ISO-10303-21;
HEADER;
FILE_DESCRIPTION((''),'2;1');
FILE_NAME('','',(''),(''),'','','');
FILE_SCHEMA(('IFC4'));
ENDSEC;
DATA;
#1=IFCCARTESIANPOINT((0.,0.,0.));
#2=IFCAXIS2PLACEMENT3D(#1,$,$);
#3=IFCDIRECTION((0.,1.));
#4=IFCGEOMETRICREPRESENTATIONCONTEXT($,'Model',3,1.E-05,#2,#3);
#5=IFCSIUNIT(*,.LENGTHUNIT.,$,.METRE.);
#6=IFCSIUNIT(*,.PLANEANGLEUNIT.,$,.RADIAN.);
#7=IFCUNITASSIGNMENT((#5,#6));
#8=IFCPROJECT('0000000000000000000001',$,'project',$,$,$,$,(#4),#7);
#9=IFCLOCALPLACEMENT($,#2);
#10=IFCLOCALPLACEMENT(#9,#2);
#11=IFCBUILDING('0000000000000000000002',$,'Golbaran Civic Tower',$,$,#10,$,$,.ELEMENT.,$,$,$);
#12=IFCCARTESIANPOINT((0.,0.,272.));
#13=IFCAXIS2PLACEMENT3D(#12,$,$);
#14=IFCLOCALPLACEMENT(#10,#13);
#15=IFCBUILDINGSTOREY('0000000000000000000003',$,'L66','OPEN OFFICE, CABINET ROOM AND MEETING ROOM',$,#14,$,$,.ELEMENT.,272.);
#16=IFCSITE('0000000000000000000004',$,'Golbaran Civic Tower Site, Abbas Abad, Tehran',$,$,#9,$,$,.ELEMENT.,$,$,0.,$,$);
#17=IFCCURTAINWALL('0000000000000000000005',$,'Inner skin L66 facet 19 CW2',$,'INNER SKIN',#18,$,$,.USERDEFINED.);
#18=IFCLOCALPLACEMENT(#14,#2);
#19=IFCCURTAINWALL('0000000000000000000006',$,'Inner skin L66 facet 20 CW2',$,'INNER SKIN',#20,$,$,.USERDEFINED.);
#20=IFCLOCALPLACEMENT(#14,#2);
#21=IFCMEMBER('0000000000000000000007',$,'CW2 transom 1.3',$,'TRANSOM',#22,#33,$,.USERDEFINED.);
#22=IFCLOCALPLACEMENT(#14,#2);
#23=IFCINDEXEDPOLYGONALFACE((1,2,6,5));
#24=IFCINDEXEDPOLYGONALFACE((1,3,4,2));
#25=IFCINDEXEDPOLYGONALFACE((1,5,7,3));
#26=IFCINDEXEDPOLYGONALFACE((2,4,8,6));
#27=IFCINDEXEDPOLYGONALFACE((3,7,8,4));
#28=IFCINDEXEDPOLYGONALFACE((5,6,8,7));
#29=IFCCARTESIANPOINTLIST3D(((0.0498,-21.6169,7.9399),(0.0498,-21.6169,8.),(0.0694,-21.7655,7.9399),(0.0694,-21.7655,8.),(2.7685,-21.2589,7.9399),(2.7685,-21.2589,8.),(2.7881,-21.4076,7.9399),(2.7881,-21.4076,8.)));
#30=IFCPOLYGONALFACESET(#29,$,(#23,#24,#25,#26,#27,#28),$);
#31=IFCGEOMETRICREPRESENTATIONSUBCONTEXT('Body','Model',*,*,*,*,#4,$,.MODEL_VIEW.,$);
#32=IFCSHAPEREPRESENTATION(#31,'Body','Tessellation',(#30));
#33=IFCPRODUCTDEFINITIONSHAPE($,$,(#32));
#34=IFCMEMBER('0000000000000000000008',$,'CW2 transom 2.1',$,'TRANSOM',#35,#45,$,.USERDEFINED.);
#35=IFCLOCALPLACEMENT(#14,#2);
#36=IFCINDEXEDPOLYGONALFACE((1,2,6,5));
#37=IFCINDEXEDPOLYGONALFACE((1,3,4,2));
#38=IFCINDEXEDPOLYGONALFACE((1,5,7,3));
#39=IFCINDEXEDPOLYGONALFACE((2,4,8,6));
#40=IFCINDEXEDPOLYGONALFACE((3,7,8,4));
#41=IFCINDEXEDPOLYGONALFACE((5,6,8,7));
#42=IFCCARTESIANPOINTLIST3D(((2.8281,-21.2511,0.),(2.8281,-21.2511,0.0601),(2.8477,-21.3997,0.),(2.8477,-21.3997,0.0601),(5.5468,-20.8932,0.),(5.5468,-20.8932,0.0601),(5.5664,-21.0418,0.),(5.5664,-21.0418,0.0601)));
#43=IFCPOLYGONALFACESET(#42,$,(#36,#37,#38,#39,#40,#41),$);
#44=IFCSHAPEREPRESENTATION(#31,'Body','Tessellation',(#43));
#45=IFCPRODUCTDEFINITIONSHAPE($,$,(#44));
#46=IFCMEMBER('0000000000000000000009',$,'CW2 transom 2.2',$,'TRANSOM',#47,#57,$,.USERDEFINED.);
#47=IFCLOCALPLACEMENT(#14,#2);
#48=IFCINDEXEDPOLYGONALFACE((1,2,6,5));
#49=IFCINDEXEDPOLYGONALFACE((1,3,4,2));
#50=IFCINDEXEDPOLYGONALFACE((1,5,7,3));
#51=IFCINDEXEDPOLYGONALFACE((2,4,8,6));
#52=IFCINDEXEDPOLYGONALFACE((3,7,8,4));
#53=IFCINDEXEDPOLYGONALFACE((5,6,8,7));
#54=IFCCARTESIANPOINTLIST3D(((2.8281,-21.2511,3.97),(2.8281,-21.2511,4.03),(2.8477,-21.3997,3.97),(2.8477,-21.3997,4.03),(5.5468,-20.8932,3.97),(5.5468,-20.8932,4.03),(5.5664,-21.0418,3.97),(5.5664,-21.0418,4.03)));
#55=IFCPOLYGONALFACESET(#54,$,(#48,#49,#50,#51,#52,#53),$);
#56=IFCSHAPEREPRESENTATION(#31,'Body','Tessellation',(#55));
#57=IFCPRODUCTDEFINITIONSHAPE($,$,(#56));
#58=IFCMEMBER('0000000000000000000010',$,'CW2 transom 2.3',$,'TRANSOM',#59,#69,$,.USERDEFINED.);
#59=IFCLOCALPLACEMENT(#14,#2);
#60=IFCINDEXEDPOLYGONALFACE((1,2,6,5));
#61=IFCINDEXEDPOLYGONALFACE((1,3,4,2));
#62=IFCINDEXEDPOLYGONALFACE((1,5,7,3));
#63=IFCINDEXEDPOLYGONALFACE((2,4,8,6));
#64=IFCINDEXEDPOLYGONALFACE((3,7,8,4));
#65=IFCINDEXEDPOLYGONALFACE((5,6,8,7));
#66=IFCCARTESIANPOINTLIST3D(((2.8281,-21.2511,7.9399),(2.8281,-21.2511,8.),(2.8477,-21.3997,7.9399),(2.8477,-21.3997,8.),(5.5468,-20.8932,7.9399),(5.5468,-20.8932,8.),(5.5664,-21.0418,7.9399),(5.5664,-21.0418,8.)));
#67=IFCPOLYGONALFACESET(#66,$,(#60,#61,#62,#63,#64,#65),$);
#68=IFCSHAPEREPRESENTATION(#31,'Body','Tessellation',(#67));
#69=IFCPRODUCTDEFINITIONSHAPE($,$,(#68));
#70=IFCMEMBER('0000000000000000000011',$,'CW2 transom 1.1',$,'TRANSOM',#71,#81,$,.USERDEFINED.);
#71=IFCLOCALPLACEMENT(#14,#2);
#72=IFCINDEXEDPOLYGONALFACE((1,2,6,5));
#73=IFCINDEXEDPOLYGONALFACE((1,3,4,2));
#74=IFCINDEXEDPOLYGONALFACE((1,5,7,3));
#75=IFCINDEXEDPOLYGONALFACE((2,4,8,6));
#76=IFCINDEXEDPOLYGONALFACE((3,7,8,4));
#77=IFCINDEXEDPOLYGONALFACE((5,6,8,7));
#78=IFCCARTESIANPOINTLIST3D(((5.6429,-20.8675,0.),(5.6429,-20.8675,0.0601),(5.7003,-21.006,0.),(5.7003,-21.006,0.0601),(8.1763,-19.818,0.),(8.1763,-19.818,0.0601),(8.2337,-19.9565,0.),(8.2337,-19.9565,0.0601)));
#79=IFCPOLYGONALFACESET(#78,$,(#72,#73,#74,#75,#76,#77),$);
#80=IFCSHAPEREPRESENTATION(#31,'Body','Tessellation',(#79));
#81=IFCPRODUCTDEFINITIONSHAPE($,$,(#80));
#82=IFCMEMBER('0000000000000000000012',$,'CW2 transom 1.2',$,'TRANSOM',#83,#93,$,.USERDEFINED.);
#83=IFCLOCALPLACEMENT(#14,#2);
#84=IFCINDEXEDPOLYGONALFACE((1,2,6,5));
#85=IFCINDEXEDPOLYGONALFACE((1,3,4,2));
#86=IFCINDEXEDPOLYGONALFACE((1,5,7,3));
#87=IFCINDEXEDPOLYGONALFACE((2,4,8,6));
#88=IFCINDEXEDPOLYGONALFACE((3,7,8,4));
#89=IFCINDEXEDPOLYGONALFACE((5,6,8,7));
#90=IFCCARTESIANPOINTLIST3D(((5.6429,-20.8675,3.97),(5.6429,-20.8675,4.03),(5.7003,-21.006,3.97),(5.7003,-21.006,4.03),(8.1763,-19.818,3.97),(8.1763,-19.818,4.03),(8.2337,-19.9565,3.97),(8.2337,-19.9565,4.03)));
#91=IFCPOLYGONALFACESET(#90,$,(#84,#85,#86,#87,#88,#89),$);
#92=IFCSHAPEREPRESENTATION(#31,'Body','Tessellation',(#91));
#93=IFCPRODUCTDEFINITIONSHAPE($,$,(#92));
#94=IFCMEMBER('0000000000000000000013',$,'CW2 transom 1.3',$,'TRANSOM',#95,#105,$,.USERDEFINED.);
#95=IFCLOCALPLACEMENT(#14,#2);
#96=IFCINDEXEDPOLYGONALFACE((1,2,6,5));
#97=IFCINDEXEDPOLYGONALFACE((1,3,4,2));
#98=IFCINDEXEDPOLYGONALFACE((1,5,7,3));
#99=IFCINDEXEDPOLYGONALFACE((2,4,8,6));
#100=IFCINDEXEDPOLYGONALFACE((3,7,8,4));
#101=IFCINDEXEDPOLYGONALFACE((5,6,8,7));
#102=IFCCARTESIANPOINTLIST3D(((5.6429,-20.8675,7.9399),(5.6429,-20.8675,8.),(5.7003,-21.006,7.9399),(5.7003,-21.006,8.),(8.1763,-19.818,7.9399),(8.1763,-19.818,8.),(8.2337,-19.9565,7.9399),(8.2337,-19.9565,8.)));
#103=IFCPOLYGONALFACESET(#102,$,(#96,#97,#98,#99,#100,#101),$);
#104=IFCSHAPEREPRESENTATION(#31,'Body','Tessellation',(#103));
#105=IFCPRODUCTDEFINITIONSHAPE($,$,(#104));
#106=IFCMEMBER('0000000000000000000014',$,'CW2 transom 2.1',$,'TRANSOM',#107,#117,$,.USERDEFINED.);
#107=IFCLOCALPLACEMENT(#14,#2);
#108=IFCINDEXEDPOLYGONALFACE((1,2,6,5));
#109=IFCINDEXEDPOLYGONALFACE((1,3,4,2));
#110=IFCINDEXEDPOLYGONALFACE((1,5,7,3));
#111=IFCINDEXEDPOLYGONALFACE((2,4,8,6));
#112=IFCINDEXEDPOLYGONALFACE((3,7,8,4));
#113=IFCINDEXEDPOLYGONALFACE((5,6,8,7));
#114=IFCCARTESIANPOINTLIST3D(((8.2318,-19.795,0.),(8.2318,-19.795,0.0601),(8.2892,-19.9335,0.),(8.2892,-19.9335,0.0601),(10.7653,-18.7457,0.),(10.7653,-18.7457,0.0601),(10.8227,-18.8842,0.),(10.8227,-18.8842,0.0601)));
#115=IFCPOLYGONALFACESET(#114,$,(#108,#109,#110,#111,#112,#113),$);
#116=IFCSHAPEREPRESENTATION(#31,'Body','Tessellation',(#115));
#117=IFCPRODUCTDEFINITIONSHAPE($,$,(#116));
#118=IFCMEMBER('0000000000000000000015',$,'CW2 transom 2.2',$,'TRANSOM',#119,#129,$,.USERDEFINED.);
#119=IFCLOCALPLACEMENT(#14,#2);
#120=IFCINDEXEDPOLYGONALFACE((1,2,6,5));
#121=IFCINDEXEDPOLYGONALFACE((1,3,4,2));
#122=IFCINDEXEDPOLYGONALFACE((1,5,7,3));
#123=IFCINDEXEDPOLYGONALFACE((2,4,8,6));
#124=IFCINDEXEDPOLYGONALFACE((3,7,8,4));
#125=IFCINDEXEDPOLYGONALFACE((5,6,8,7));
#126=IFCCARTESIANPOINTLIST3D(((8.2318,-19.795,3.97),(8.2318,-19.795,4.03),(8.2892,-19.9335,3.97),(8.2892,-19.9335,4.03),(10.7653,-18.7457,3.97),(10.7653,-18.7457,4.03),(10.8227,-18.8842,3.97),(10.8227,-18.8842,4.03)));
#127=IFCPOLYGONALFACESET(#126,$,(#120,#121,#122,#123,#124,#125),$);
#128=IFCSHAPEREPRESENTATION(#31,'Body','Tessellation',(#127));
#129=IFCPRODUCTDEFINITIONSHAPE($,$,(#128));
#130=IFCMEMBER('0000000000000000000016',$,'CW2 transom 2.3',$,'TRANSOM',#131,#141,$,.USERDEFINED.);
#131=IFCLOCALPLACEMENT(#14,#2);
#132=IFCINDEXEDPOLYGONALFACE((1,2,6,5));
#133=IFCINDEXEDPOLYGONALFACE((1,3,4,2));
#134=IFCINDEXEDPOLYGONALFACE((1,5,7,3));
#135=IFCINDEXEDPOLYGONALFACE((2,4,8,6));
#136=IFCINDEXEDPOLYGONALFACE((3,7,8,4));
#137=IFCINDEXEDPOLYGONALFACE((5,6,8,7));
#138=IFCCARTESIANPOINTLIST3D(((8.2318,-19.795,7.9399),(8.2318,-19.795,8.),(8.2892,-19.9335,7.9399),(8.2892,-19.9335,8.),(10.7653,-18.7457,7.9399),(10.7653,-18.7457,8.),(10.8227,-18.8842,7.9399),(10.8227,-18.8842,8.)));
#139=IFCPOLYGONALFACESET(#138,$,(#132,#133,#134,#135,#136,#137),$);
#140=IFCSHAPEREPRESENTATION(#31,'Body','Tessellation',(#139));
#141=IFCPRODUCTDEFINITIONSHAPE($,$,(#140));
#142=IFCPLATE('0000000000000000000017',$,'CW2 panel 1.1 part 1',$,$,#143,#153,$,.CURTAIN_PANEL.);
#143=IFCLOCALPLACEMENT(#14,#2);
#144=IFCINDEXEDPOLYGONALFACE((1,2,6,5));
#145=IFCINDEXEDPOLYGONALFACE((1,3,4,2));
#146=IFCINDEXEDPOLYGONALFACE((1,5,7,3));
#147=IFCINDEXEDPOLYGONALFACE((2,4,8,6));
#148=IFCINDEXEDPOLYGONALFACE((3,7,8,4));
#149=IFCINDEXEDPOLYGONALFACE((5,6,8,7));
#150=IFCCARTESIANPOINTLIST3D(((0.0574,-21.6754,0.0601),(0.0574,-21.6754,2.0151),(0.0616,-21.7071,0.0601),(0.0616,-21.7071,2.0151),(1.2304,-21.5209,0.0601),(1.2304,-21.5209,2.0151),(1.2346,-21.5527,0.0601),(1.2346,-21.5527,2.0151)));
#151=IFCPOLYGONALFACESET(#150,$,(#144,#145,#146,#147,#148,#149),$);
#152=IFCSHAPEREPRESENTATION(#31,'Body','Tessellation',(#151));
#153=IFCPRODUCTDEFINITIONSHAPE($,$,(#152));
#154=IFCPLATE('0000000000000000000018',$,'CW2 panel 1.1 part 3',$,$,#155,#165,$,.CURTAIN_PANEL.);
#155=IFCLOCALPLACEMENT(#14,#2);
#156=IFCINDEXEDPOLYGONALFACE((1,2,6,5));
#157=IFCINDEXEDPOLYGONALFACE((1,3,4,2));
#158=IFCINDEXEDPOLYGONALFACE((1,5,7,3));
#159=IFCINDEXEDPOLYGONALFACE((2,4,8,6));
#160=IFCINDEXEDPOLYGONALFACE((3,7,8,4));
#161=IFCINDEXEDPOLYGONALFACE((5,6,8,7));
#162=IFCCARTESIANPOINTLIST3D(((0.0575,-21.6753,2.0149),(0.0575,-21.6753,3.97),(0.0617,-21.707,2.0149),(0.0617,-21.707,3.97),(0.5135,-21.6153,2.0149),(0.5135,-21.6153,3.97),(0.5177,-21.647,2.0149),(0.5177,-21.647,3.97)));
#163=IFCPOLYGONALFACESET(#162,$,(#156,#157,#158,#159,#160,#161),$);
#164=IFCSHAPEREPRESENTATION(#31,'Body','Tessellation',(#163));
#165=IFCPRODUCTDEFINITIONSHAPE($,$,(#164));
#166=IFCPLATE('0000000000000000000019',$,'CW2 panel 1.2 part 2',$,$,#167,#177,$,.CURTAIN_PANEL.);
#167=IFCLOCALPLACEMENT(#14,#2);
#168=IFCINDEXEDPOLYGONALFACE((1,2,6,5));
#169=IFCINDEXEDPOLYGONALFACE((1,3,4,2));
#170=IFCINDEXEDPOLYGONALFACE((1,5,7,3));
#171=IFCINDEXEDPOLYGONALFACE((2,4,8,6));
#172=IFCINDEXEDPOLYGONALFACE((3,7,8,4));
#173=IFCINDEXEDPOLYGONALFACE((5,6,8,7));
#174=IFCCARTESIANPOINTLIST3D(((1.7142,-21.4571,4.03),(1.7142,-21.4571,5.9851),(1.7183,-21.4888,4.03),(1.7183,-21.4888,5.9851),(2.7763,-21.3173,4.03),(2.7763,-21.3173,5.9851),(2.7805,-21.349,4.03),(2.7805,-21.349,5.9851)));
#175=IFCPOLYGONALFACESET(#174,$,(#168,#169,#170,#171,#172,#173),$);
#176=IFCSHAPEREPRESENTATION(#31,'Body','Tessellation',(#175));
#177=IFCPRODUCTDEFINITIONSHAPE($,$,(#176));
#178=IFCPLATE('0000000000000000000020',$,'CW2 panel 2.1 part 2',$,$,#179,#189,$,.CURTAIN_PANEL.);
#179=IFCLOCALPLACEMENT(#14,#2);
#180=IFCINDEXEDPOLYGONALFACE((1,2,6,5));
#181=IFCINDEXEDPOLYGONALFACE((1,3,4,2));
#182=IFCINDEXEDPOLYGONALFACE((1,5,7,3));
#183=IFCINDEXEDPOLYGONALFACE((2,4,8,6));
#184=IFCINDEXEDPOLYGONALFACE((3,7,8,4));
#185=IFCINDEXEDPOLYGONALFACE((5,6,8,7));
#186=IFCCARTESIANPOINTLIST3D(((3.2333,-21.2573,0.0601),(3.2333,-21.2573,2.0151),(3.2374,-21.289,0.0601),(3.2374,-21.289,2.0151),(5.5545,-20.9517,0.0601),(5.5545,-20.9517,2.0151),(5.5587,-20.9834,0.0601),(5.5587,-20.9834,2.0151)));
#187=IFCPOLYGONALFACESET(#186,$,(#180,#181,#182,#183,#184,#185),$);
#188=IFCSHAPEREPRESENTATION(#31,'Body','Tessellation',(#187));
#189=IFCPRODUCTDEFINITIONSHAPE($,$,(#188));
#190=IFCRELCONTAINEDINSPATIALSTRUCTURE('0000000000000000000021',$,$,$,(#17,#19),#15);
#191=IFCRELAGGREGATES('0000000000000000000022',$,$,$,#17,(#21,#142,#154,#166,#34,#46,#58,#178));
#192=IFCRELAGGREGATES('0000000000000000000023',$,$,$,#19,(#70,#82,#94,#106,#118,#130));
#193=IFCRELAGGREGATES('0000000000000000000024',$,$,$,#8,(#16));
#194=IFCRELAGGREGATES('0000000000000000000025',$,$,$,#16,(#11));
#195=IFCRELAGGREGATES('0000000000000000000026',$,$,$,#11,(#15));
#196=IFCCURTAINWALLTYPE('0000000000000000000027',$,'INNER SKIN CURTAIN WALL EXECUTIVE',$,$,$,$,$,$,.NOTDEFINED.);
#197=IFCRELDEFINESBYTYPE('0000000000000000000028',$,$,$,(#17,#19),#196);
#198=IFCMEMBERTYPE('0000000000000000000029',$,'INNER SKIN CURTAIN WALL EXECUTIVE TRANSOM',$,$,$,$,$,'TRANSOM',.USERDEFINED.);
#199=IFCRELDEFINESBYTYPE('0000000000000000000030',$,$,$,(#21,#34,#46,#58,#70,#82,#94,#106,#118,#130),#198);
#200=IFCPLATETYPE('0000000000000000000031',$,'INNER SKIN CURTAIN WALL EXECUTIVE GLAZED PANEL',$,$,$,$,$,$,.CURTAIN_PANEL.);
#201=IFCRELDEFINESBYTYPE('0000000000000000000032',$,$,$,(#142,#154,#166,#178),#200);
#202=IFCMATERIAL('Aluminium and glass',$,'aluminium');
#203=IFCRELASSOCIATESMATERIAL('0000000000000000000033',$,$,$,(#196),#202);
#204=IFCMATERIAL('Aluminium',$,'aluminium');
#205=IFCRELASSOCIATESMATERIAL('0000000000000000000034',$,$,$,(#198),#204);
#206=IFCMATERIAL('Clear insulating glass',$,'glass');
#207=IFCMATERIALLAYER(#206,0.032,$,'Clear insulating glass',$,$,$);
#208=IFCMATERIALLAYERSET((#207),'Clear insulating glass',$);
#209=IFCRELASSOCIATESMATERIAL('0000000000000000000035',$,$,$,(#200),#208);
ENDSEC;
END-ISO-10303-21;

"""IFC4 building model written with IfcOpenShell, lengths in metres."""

from ifc_helpers import new_model, si_unit, direction, frame, origin, origin_2d, place, context, subcontext, project, spatial, rectangle, extrude, material, layer, layer_set, material_profile, profile_set, type_object, element, aggregate, save


model = new_model("IFC4")

# Units and contexts
model_context = context("Model", 3, precision=1e-05, world=origin(), true_north=direction((0.0, 1.0)))
body_context = subcontext(model_context, "Body", "Model", "MODEL_VIEW")
ifc_project = project(units=[si_unit("LENGTHUNIT", "METRE"), si_unit("PLANEANGLEUNIT", "RADIAN")], contexts=[model_context])

# Site, building, storey
site_placement = place(None, origin())
site = spatial("IfcSite", under=ifc_project, at=site_placement, Name="Golbaran Civic Tower Site, Abbas Abad, Tehran", CompositionType="ELEMENT", RefElevation=0.0)
building_placement = place(site_placement, origin())
building = spatial("IfcBuilding", under=site, at=building_placement, Name="Golbaran Civic Tower", CompositionType="ELEMENT")
storey_placement = place(building_placement, frame((0.0, 0.0, 272.0)))
storey = spatial("IfcBuildingStorey", under=building, at=storey_placement, Name="L66", Description="OPEN OFFICE, CABINET ROOM AND MEETING ROOM", CompositionType="ELEMENT", Elevation=272.0)

# Curtain walls
ifc_material_1 = material(Name="Aluminium and glass", Category="aluminium")
curtain_wall_type = type_object("IfcCurtainWallType", Name="INNER SKIN CURTAIN WALL EXECUTIVE", PredefinedType="NOTDEFINED", material=ifc_material_1)
curtain_wall_1_placement = place(storey_placement, origin())
curtain_wall_1 = element("IfcCurtainWall", 1, at=curtain_wall_1_placement, inside=storey, type_object=curtain_wall_type, Name="Inner skin L66 facet 19 CW2", ObjectType="INNER SKIN", PredefinedType="USERDEFINED")
ifc_material_2 = material(Name="Aluminium", Category="aluminium")
curtain_wall_2_placement = place(storey_placement, origin())
curtain_wall_2 = element("IfcCurtainWall", 2, at=curtain_wall_2_placement, inside=storey, type_object=curtain_wall_type, Name="Inner skin L66 facet 20 CW2", ObjectType="INNER SKIN", PredefinedType="USERDEFINED")

# Members
ifc_material_profile_1 = material_profile(ifc_material_2, rectangle(XDim=0.1499, YDim=0.0601, at=origin_2d()), Name="INNER SKIN CURTAIN WALL EXECUTIVE TRANSOM")
ifc_profile_set_1 = profile_set([ifc_material_profile_1], Name="Aluminium")
member_type_1 = type_object("IfcMemberType", Name="INNER SKIN CURTAIN WALL EXECUTIVE TRANSOM", ElementType="TRANSOM", PredefinedType="USERDEFINED", material=ifc_profile_set_1)
member_1_placement = place(storey_placement, frame((0.0596, -21.6912, 7.97), z_axis=(0.991446, 0.130519, 0.0), x_axis=(-0.130519, 0.991446, 0.0)))
member_1 = element("IfcMember", 3, at=member_1_placement, type_object=member_type_1, Name="CW2 transom 1.3", ObjectType="TRANSOM", PredefinedType="USERDEFINED", context=body_context, shape_type="SweptSolid", body=[
    extrude(rectangle(XDim=0.1499, YDim=0.0601, at=origin_2d()), origin(), (0.0, 0.0, 1.0), 2.7422),
])
member_2_placement = place(storey_placement, frame((2.8379, -21.3254, 0.03), z_axis=(0.991446, 0.130519, 0.0), x_axis=(-0.130519, 0.991446, 0.0)))
member_2 = element("IfcMember", 4, at=member_2_placement, type_object=member_type_1, Name="CW2 transom 2.1", ObjectType="TRANSOM", PredefinedType="USERDEFINED", context=body_context, shape_type="SweptSolid", body=[
    extrude(rectangle(XDim=0.1499, YDim=0.0601, at=origin_2d()), origin(), (0.0, 0.0, 1.0), 2.7422),
])
member_3_placement = place(storey_placement, frame((2.8379, -21.3254, 4.0), z_axis=(0.991446, 0.130519, 0.0), x_axis=(-0.130519, 0.991446, 0.0)))
member_3 = element("IfcMember", 5, at=member_3_placement, type_object=member_type_1, Name="CW2 transom 2.2", ObjectType="TRANSOM", PredefinedType="USERDEFINED", context=body_context, shape_type="SweptSolid", body=[
    extrude(rectangle(XDim=0.1499, YDim=0.0601, at=origin_2d()), origin(), (0.0, 0.0, 1.0), 2.7422),
])
member_4_placement = place(storey_placement, frame((2.8379, -21.3254, 7.97), z_axis=(0.991446, 0.130519, 0.0), x_axis=(-0.130519, 0.991446, 0.0)))
member_4 = element("IfcMember", 6, at=member_4_placement, type_object=member_type_1, Name="CW2 transom 2.3", ObjectType="TRANSOM", PredefinedType="USERDEFINED", context=body_context, shape_type="SweptSolid", body=[
    extrude(rectangle(XDim=0.1499, YDim=0.0601, at=origin_2d()), origin(), (0.0, 0.0, 1.0), 2.7422),
])
member_5_placement = place(storey_placement, frame((5.6716, -20.9368, 0.03), z_axis=(0.923857, 0.382737, 0.0), x_axis=(-0.382737, 0.923857, 0.0)))
member_5 = element("IfcMember", 7, at=member_5_placement, type_object=member_type_1, Name="CW2 transom 1.1", ObjectType="TRANSOM", PredefinedType="USERDEFINED", context=body_context, shape_type="SweptSolid", body=[
    extrude(rectangle(XDim=0.1499, YDim=0.0601, at=origin_2d()), origin(), (0.0, 0.0, 1.0), 2.7422),
])
member_6_placement = place(storey_placement, frame((5.6716, -20.9368, 4.0), z_axis=(0.923857, 0.382737, 0.0), x_axis=(-0.382737, 0.923857, 0.0)))
member_6 = element("IfcMember", 8, at=member_6_placement, type_object=member_type_1, Name="CW2 transom 1.2", ObjectType="TRANSOM", PredefinedType="USERDEFINED", context=body_context, shape_type="SweptSolid", body=[
    extrude(rectangle(XDim=0.1499, YDim=0.0601, at=origin_2d()), origin(), (0.0, 0.0, 1.0), 2.7422),
])
member_7_placement = place(storey_placement, frame((5.6716, -20.9368, 7.97), z_axis=(0.923857, 0.382737, 0.0), x_axis=(-0.382737, 0.923857, 0.0)))
member_7 = element("IfcMember", 9, at=member_7_placement, type_object=member_type_1, Name="CW2 transom 1.3", ObjectType="TRANSOM", PredefinedType="USERDEFINED", context=body_context, shape_type="SweptSolid", body=[
    extrude(rectangle(XDim=0.1499, YDim=0.0601, at=origin_2d()), origin(), (0.0, 0.0, 1.0), 2.7422),
])
member_8_placement = place(storey_placement, frame((8.2605, -19.8643, 0.03), z_axis=(0.923889, 0.382661, 0.0), x_axis=(-0.382661, 0.923889, 0.0)))
member_8 = element("IfcMember", 10, at=member_8_placement, type_object=member_type_1, Name="CW2 transom 2.1", ObjectType="TRANSOM", PredefinedType="USERDEFINED", context=body_context, shape_type="SweptSolid", body=[
    extrude(rectangle(XDim=0.1499, YDim=0.0601, at=origin_2d()), origin(), (0.0, 0.0, 1.0), 2.7422),
])
member_9_placement = place(storey_placement, frame((8.2605, -19.8643, 4.0), z_axis=(0.923889, 0.382661, 0.0), x_axis=(-0.382661, 0.923889, 0.0)))
member_9 = element("IfcMember", 11, at=member_9_placement, type_object=member_type_1, Name="CW2 transom 2.2", ObjectType="TRANSOM", PredefinedType="USERDEFINED", context=body_context, shape_type="SweptSolid", body=[
    extrude(rectangle(XDim=0.1499, YDim=0.0601, at=origin_2d()), origin(), (0.0, 0.0, 1.0), 2.7422),
])
member_10_placement = place(storey_placement, frame((8.2605, -19.8643, 7.97), z_axis=(0.923889, 0.382661, 0.0), x_axis=(-0.382661, 0.923889, 0.0)))
member_10 = element("IfcMember", 12, at=member_10_placement, type_object=member_type_1, Name="CW2 transom 2.3", ObjectType="TRANSOM", PredefinedType="USERDEFINED", context=body_context, shape_type="SweptSolid", body=[
    extrude(rectangle(XDim=0.1499, YDim=0.0601, at=origin_2d()), origin(), (0.0, 0.0, 1.0), 2.7422),
])

# Plates
ifc_material_3 = material(Name="Clear insulating glass", Category="glass")
ifc_layer_1 = layer(ifc_material_3, 0.032, Name="Clear insulating glass")
ifc_layer_set_1 = layer_set([ifc_layer_1], Name="Clear insulating glass")
plate_type_1 = type_object("IfcPlateType", Name="INNER SKIN CURTAIN WALL EXECUTIVE GLAZED PANEL", PredefinedType="CURTAIN_PANEL", material=ifc_layer_set_1)
plate_1_placement = place(storey_placement, frame((0.646, -21.614, 0.0601), z_axis=(0.0, 0.0, 1.0), x_axis=(0.991445, 0.130526, 0.0)))
plate_1 = element("IfcPlate", 13, at=plate_1_placement, type_object=plate_type_1, Name="CW2 panel 1.1 part 1", PredefinedType="CURTAIN_PANEL", context=body_context, shape_type="SweptSolid", body=[
    extrude(rectangle(XDim=1.1831, YDim=0.032, at=origin_2d()), origin(), (0.0, 0.0, 1.0), 1.9551),
])
plate_2_placement = place(storey_placement, frame((0.2876, -21.6611, 2.0149), z_axis=(0.0, 0.0, 1.0), x_axis=(0.991445, 0.130526, 0.0)))
plate_2 = element("IfcPlate", 14, at=plate_2_placement, type_object=plate_type_1, Name="CW2 panel 1.1 part 3", PredefinedType="CURTAIN_PANEL", context=body_context, shape_type="SweptSolid", body=[
    extrude(rectangle(XDim=0.46, YDim=0.032, at=origin_2d()), origin(), (0.0, 0.0, 1.0), 1.9551),
])
plate_3_placement = place(storey_placement, frame((2.2473, -21.4031, 4.03), z_axis=(0.0, 0.0, 1.0), x_axis=(0.991445, 0.130526, 0.0)))
plate_3 = element("IfcPlate", 15, at=plate_3_placement, type_object=plate_type_1, Name="CW2 panel 1.2 part 2", PredefinedType="CURTAIN_PANEL", context=body_context, shape_type="SweptSolid", body=[
    extrude(rectangle(XDim=1.0713, YDim=0.032, at=origin_2d()), origin(), (0.0, 0.0, 1.0), 1.9551),
])
plate_4_placement = place(storey_placement, frame((4.396, -21.1204, 0.0601), z_axis=(0.0, 0.0, 1.0), x_axis=(0.991445, 0.130526, 0.0)))
plate_4 = element("IfcPlate", 16, at=plate_4_placement, type_object=plate_type_1, Name="CW2 panel 2.1 part 2", PredefinedType="CURTAIN_PANEL", context=body_context, shape_type="SweptSolid", body=[
    extrude(rectangle(XDim=2.3413, YDim=0.032, at=origin_2d()), origin(), (0.0, 0.0, 1.0), 1.9551),
])
aggregate(curtain_wall_1, [member_1, plate_1, plate_2, plate_3, member_2, member_3, member_4, plate_4])
aggregate(curtain_wall_2, [member_5, member_6, member_7, member_8, member_9, member_10])

save(model, "model.ifc")
